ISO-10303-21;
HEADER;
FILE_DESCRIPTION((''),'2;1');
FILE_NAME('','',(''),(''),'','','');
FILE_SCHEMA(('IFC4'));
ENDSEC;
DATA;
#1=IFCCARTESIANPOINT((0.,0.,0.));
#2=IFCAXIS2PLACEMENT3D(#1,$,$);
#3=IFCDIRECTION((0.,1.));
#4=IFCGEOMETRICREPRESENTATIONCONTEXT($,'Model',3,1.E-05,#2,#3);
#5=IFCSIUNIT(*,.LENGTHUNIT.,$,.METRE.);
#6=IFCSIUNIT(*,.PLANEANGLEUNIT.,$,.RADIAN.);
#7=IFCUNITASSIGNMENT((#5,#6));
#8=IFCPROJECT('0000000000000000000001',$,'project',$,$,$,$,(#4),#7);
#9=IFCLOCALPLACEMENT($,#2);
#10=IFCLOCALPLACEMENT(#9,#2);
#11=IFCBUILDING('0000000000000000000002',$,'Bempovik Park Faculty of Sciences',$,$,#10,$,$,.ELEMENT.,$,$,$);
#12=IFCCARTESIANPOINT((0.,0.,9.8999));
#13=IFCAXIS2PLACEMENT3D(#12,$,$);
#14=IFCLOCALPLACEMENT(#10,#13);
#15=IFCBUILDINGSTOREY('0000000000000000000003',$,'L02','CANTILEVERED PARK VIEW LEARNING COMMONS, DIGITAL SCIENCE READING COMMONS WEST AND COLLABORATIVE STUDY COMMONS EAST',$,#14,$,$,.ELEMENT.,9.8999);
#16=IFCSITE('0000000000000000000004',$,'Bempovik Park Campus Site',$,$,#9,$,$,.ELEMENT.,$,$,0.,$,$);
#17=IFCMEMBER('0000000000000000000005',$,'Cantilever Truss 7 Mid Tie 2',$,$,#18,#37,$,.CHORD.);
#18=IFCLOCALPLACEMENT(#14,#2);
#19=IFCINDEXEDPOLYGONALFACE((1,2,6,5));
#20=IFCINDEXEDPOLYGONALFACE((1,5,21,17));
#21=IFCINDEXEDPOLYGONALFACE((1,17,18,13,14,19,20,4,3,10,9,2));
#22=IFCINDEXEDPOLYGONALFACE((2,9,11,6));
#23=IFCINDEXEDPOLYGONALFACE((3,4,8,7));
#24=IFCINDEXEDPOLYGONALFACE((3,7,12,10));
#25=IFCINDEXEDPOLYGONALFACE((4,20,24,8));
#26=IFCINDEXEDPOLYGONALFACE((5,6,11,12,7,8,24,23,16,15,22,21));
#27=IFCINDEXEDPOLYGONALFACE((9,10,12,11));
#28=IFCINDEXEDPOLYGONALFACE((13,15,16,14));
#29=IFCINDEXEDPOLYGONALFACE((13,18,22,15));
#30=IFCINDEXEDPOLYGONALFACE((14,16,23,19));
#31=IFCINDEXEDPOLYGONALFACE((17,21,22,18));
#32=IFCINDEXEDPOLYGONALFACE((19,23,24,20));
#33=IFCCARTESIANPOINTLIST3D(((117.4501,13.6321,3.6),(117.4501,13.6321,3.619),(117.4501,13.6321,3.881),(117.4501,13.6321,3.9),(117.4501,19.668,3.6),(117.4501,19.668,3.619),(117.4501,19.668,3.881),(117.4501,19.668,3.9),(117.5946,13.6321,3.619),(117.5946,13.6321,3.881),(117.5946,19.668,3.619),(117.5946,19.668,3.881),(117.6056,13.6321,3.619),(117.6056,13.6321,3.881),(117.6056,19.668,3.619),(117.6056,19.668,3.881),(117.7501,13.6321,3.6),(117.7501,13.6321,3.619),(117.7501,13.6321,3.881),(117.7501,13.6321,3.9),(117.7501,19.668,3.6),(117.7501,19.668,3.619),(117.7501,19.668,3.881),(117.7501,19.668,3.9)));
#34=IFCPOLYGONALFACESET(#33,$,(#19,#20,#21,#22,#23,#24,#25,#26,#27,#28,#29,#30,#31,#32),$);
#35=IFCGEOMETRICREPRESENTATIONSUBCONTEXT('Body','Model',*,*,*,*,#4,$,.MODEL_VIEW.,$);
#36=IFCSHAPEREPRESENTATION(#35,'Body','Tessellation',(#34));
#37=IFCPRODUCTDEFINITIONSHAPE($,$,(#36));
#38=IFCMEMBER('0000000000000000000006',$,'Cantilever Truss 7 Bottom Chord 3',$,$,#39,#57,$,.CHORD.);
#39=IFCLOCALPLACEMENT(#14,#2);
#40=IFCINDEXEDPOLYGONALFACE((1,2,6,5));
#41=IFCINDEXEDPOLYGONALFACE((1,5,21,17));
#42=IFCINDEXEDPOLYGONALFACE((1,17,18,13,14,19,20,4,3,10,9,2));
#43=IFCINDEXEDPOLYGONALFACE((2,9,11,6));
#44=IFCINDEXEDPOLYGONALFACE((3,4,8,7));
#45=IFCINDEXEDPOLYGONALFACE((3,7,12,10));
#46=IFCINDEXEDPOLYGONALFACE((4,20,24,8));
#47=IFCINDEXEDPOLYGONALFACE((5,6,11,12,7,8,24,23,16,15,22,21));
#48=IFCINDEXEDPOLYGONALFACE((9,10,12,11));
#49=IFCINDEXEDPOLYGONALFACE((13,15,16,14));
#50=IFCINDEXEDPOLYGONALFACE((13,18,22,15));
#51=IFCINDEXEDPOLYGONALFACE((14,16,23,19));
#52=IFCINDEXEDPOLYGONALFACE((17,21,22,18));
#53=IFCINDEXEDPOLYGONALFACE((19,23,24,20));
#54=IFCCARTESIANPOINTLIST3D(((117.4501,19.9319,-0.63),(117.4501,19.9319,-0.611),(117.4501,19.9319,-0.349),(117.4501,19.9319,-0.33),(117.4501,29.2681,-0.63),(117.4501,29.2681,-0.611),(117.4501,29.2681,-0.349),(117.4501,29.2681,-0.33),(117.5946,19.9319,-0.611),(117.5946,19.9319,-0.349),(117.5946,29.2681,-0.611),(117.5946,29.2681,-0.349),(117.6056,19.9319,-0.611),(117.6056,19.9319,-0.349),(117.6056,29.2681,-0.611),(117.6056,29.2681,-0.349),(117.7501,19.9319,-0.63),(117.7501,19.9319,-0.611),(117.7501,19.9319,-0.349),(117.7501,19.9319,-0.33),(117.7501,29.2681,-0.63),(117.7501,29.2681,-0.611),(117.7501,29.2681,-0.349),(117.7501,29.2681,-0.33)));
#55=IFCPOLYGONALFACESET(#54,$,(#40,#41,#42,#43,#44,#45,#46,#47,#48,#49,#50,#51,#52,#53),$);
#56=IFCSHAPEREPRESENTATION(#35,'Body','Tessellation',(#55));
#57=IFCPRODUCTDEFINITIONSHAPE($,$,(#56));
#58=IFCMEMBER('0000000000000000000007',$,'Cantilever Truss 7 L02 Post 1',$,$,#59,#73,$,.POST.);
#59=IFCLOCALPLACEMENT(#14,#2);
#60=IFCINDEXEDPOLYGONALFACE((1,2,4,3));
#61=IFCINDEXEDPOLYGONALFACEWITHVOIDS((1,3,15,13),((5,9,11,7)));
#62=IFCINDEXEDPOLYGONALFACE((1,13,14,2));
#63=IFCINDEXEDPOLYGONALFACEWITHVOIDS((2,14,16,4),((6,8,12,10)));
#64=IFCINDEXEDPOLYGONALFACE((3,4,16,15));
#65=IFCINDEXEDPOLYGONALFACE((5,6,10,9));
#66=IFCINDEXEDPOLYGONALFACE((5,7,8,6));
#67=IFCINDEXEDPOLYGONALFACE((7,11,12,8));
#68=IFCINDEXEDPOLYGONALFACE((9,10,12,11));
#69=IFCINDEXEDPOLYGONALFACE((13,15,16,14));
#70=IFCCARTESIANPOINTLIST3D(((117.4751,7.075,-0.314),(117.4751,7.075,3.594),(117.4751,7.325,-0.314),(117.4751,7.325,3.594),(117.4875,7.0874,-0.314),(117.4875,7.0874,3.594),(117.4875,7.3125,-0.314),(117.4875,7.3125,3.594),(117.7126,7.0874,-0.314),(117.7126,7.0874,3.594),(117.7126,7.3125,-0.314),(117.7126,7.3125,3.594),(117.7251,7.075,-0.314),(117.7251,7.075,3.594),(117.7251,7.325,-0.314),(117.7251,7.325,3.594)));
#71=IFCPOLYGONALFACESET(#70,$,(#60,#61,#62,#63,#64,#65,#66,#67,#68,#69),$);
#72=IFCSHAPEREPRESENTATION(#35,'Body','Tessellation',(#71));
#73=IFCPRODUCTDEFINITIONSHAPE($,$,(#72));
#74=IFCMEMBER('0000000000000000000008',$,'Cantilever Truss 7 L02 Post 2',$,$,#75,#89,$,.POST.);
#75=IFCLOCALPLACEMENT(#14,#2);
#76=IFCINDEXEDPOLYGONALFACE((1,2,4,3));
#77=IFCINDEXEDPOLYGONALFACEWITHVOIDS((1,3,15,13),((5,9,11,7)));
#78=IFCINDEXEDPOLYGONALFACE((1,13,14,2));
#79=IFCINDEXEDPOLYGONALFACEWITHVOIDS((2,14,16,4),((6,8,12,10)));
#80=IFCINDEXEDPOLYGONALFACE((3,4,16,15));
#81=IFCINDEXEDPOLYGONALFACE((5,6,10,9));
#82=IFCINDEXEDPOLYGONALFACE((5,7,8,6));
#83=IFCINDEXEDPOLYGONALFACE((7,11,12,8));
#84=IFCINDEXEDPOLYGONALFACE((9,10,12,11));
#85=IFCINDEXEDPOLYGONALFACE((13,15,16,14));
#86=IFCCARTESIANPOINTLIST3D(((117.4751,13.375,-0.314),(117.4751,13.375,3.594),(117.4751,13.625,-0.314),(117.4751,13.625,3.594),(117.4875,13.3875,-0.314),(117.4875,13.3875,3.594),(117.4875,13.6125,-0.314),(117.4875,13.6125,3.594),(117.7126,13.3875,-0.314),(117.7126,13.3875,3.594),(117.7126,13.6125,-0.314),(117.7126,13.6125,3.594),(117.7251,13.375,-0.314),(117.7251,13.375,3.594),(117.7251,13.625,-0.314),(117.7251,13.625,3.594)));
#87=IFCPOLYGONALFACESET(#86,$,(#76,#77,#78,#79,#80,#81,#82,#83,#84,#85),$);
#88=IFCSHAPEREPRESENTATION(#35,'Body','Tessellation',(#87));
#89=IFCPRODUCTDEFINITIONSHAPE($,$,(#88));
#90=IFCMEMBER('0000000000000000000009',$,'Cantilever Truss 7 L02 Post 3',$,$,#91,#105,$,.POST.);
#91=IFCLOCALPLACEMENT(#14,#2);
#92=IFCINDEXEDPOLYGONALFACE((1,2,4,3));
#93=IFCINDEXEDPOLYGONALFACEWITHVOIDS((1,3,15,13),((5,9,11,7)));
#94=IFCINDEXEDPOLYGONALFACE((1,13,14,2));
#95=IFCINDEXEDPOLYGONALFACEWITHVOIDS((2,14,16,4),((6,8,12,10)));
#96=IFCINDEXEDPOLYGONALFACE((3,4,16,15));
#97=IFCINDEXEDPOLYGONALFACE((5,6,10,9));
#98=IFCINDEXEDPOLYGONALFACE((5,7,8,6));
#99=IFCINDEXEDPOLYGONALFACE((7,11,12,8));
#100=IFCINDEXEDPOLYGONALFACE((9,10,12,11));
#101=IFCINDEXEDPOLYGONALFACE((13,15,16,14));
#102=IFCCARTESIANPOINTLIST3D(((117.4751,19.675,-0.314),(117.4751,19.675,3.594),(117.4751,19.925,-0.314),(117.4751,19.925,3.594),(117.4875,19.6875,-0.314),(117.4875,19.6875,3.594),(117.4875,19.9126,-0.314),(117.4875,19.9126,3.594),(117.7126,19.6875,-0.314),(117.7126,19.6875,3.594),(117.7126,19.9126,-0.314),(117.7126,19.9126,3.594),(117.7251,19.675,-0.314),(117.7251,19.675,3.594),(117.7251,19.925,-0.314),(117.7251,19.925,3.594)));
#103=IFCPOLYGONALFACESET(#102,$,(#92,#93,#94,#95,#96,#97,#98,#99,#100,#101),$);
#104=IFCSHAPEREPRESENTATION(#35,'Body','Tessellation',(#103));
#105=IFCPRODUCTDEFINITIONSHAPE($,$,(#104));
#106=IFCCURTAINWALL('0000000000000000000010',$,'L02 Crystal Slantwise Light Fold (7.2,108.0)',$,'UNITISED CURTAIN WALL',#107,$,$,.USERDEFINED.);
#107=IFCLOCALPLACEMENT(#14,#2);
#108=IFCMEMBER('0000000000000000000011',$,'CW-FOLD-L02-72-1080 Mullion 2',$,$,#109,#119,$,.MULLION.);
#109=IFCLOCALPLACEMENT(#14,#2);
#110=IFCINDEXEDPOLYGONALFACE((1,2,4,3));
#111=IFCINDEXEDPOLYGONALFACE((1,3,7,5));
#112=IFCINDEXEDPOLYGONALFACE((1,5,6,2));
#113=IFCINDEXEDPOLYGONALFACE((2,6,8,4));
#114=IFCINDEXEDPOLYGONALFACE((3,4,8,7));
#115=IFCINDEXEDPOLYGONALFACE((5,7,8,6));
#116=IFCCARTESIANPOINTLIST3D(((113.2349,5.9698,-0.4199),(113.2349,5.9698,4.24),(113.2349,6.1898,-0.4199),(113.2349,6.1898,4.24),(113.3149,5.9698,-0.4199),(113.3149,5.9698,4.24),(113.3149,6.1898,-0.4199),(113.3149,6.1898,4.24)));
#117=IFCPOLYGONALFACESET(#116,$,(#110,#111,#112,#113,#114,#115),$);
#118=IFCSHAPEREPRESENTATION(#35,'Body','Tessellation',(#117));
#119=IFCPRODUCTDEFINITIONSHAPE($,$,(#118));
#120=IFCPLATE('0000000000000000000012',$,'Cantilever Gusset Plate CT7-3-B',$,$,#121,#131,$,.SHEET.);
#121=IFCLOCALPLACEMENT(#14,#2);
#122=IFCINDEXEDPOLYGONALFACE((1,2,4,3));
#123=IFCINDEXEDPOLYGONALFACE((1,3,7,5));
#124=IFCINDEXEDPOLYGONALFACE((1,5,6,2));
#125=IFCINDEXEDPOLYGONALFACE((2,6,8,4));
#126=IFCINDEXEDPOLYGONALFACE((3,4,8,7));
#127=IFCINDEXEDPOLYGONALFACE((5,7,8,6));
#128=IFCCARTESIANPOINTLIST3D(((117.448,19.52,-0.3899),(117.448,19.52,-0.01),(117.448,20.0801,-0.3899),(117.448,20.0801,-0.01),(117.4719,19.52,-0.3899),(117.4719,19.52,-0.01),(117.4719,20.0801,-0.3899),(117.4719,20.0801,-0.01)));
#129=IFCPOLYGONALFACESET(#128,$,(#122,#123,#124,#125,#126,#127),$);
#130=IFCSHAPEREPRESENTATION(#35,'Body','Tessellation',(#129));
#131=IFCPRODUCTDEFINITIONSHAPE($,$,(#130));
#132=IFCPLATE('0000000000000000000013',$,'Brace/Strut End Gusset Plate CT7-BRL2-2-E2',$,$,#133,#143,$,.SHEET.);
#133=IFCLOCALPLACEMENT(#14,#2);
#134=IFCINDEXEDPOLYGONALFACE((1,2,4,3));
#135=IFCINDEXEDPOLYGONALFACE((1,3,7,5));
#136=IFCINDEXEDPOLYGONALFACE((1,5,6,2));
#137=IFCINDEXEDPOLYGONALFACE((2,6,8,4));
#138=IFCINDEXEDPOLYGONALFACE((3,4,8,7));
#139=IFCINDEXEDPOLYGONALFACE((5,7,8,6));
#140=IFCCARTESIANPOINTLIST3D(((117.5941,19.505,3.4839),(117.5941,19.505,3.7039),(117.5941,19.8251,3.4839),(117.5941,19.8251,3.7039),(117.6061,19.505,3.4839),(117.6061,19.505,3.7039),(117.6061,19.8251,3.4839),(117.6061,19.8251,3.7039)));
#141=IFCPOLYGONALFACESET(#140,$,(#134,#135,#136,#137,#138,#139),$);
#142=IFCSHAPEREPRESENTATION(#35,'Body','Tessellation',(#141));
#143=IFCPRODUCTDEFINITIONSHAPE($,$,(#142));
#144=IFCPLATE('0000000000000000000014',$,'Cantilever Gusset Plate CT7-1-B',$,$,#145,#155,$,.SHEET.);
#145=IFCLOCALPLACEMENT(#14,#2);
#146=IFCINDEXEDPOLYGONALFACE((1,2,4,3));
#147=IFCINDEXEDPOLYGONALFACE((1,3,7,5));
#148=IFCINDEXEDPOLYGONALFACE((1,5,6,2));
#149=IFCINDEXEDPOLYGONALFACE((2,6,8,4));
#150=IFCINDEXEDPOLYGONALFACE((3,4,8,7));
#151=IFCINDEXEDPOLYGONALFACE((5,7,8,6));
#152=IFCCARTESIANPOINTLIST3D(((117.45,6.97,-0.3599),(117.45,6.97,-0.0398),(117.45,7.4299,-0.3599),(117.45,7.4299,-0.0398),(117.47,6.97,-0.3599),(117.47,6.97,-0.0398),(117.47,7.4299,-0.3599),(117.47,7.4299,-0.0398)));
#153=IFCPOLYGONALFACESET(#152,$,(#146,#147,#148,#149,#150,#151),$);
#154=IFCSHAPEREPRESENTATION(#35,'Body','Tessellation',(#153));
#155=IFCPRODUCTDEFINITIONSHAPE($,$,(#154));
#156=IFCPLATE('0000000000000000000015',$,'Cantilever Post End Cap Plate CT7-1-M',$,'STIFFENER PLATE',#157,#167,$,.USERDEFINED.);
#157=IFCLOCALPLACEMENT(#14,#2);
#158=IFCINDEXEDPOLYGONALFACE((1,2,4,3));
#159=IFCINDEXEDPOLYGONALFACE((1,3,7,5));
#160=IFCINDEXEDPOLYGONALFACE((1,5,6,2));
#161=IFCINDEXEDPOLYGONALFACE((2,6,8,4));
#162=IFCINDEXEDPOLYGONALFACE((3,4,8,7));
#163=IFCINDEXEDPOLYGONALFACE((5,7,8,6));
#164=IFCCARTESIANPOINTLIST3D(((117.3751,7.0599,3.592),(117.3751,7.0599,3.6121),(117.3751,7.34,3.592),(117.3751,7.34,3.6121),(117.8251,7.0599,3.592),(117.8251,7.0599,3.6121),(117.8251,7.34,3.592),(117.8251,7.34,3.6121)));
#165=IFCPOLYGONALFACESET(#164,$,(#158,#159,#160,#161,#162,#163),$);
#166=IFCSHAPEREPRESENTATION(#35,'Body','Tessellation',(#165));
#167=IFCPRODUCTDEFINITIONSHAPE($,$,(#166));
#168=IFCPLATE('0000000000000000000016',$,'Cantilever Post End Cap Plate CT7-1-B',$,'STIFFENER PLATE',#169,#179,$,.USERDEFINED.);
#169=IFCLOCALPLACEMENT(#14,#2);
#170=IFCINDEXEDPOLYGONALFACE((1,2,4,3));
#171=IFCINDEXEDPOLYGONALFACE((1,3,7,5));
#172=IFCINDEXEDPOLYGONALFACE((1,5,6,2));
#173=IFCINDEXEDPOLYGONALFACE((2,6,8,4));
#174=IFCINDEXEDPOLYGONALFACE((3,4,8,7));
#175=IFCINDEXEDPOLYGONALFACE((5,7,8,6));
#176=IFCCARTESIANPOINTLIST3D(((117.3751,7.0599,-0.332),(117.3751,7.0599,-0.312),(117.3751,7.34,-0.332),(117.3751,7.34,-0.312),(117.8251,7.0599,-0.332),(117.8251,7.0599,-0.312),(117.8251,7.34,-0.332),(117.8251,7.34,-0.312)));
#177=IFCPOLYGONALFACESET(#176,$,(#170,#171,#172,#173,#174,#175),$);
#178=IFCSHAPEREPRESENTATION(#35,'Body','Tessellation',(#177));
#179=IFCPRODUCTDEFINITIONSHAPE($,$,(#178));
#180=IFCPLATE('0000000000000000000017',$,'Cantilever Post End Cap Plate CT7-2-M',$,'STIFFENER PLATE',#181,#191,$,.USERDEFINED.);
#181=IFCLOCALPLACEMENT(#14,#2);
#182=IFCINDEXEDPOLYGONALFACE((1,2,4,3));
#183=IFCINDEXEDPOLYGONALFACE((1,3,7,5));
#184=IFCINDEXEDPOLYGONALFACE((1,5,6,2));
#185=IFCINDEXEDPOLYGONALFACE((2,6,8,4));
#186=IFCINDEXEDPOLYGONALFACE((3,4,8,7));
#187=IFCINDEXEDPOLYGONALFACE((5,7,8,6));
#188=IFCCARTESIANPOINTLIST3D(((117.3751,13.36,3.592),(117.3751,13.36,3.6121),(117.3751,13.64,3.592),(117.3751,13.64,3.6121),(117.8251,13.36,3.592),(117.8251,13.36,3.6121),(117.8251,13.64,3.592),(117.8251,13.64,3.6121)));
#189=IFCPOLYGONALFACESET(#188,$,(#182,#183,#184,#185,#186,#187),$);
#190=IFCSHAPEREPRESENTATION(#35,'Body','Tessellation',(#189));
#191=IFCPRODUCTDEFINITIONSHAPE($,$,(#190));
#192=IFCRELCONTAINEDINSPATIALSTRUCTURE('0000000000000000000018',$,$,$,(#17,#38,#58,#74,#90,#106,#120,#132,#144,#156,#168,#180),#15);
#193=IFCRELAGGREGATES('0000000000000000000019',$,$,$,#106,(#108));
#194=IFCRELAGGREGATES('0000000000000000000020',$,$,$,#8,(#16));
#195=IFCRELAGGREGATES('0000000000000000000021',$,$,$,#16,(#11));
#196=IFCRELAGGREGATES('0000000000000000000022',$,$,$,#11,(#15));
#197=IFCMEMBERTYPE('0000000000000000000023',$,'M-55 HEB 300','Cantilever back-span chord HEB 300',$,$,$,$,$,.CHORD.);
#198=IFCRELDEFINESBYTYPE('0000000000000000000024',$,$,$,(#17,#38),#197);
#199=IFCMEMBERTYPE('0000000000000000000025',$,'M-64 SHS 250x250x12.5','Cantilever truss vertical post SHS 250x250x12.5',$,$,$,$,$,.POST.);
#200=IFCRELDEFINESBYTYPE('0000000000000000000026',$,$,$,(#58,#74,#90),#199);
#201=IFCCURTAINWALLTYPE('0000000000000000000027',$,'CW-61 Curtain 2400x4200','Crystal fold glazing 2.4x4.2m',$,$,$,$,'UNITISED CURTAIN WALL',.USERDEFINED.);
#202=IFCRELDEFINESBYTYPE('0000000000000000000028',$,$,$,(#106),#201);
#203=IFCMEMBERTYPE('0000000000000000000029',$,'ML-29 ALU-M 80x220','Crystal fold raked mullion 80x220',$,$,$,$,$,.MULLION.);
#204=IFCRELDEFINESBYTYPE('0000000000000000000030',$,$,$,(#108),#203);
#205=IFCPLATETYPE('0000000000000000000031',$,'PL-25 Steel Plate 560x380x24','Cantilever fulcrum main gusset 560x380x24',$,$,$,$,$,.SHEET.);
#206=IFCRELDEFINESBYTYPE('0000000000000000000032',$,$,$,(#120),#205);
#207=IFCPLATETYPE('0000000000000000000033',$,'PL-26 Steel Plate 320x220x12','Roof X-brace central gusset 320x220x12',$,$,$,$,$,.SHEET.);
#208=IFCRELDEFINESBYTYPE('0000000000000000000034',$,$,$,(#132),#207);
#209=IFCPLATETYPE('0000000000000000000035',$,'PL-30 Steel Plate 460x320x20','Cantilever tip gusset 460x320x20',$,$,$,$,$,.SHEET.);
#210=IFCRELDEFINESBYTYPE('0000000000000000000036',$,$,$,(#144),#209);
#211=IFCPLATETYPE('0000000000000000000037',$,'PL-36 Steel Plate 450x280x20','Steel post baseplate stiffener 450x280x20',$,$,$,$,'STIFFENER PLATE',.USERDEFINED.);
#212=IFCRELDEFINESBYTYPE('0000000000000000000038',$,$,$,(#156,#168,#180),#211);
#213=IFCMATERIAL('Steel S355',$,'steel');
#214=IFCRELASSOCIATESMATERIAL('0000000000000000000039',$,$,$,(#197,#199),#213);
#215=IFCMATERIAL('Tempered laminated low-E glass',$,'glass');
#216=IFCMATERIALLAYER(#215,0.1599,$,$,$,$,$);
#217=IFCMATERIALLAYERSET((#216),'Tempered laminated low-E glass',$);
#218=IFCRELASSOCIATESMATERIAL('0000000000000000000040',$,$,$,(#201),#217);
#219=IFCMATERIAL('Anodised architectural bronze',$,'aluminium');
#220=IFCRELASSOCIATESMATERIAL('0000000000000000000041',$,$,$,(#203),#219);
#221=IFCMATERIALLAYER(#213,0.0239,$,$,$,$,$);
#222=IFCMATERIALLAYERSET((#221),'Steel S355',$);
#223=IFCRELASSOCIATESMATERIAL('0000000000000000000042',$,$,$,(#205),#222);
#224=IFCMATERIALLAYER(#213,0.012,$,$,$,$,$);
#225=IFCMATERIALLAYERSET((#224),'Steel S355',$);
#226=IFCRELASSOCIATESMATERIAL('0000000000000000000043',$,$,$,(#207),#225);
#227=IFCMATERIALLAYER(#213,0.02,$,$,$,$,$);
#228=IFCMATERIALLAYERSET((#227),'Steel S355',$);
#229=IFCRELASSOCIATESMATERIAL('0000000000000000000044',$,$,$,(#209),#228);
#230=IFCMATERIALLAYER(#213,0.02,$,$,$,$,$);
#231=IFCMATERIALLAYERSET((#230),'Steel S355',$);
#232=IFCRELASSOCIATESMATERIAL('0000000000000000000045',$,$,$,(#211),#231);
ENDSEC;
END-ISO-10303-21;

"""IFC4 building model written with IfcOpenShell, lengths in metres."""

from ifc_helpers import new_model, si_unit, direction, frame, origin, origin_2d, place, context, subcontext, project, spatial, rectangle, hollow_rectangle, i_section, extrude, material, layer, layer_set, material_profile, profile_set, type_object, element, aggregate, save


model = new_model("IFC4")

# Units and contexts
model_context = context("Model", 3, precision=1e-05, world=origin(), true_north=direction((0.0, 1.0)))
body_context = subcontext(model_context, "Body", "Model", "MODEL_VIEW")
ifc_project = project(units=[si_unit("LENGTHUNIT", "METRE"), si_unit("PLANEANGLEUNIT", "RADIAN")], contexts=[model_context])

# Site, building, storey
site_placement = place(None, origin())
site = spatial("IfcSite", under=ifc_project, at=site_placement, Name="Bempovik Park Campus Site", CompositionType="ELEMENT", RefElevation=0.0)
building_placement = place(site_placement, origin())
building = spatial("IfcBuilding", under=site, at=building_placement, Name="Bempovik Park Faculty of Sciences", CompositionType="ELEMENT")
storey_placement = place(building_placement, frame((0.0, 0.0, 9.8999)))
storey = spatial("IfcBuildingStorey", under=building, at=storey_placement, Name="L02", Description="CANTILEVERED PARK VIEW LEARNING COMMONS, DIGITAL SCIENCE READING COMMONS WEST AND COLLABORATIVE STUDY COMMONS EAST", CompositionType="ELEMENT", Elevation=9.8999)

# Members
ifc_material_1 = material(Name="Steel S355", Category="steel")
ifc_material_profile_1 = material_profile(ifc_material_1, i_section(OverallWidth=0.3, OverallDepth=0.3, WebThickness=0.011, FlangeThickness=0.019, at=origin_2d()), Name="HEB 300")
ifc_profile_set_1 = profile_set([ifc_material_profile_1], Name="Steel S355")
member_type_1 = type_object("IfcMemberType", Name="M-55 HEB 300", Description="Cantilever back-span chord HEB 300", PredefinedType="CHORD", material=ifc_profile_set_1)
for number, where, z_axis, x_axis, name in (
    (1, (117.6001, 13.6321, 3.75), (0.0, 1.0, 0.0), (-1.0, 0.0, 0.0), "Cantilever Truss 7 Mid Tie 2"),
):
    element("IfcMember", number, at=place(storey_placement, frame(where, z_axis=z_axis, x_axis=x_axis)), inside=storey, type_object=member_type_1, Name=name, PredefinedType="CHORD", context=body_context, shape_type="SweptSolid", body=[
        extrude(i_section(OverallWidth=0.3, OverallDepth=0.3, WebThickness=0.011, FlangeThickness=0.019, at=origin_2d()), origin(), (0.0, 0.0, 1.0), 6.0359),
    ])
member_1_placement = place(storey_placement, frame((117.6001, 19.9319, -0.48), z_axis=(0.0, 1.0, 0.0), x_axis=(-1.0, 0.0, 0.0)))
element("IfcMember", 2, at=member_1_placement, inside=storey, type_object=member_type_1, Name="Cantilever Truss 7 Bottom Chord 3", PredefinedType="CHORD", context=body_context, shape_type="SweptSolid", body=[
    extrude(i_section(OverallWidth=0.3, OverallDepth=0.3, WebThickness=0.011, FlangeThickness=0.019, at=origin_2d()), origin(), (0.0, 0.0, 1.0), 9.3362),
])
ifc_material_profile_2 = material_profile(ifc_material_1, hollow_rectangle(XDim=0.25, YDim=0.25, WallThickness=0.0125, at=origin_2d()), Name="SHS 250x250x12.5")
ifc_profile_set_2 = profile_set([ifc_material_profile_2], Name="Steel S355")
member_type_2 = type_object("IfcMemberType", Name="M-64 SHS 250x250x12.5", Description="Cantilever truss vertical post SHS 250x250x12.5", PredefinedType="POST", material=ifc_profile_set_2)
for number, where, z_axis, x_axis, name in (
    (3, (117.6001, 7.2, -0.314), (0.0, 0.0, 1.0), (1.0, 0.0, 0.0), "Cantilever Truss 7 L02 Post 1"),
    (4, (117.6001, 13.5, -0.314), (0.0, 0.0, 1.0), (1.0, 0.0, 0.0), "Cantilever Truss 7 L02 Post 2"),
    (5, (117.6001, 19.8, -0.314), (0.0, 0.0, 1.0), (1.0, 0.0, 0.0), "Cantilever Truss 7 L02 Post 3"),
):
    element("IfcMember", number, at=place(storey_placement, frame(where, z_axis=z_axis, x_axis=x_axis)), inside=storey, type_object=member_type_2, Name=name, PredefinedType="POST", context=body_context, shape_type="SweptSolid", body=[
        extrude(hollow_rectangle(XDim=0.25, YDim=0.25, WallThickness=0.0125, at=origin_2d()), origin(), (0.0, 0.0, 1.0), 3.908),
    ])

# Curtain wall, member
ifc_material_2 = material(Name="Tempered laminated low-E glass", Category="glass")
ifc_layer_1 = layer(ifc_material_2, 0.1599)
ifc_layer_set_1 = layer_set([ifc_layer_1], Name="Tempered laminated low-E glass")
curtain_wall_type = type_object("IfcCurtainWallType", Name="CW-61 Curtain 2400x4200", Description="Crystal fold glazing 2.4x4.2m", ElementType="UNITISED CURTAIN WALL", PredefinedType="USERDEFINED", material=ifc_layer_set_1)
curtain_wall_placement = place(storey_placement, origin())
curtain_wall = element("IfcCurtainWall", 6, at=curtain_wall_placement, inside=storey, type_object=curtain_wall_type, Name="L02 Crystal Slantwise Light Fold (7.2,108.0)", ObjectType="UNITISED CURTAIN WALL", PredefinedType="USERDEFINED")
ifc_material_3 = material(Name="Anodised architectural bronze", Category="aluminium")
ifc_material_profile_3 = material_profile(ifc_material_3, rectangle(XDim=0.0801, YDim=0.22, at=origin_2d()), Name="ALU-M 80x220")
ifc_profile_set_3 = profile_set([ifc_material_profile_3], Name="Anodised architectural bronze")
member_type_3 = type_object("IfcMemberType", Name="ML-29 ALU-M 80x220", Description="Crystal fold raked mullion 80x220", PredefinedType="MULLION", material=ifc_profile_set_3)
member_2_placement = place(storey_placement, frame((113.2749, 6.0798, -0.4199), z_axis=(0.0, 0.0, 1.0), x_axis=(1.0, 0.0, 0.0)))
member_2 = element("IfcMember", 7, at=member_2_placement, type_object=member_type_3, Name="CW-FOLD-L02-72-1080 Mullion 2", PredefinedType="MULLION", context=body_context, shape_type="SweptSolid", body=[
    extrude(rectangle(XDim=0.0801, YDim=0.22, at=origin_2d()), origin(), (0.0, 0.0, 1.0), 4.6599),
])
aggregate(curtain_wall, [member_2])

# Plates
ifc_layer_2 = layer(ifc_material_1, 0.0239)
ifc_layer_set_2 = layer_set([ifc_layer_2], Name="Steel S355")
plate_type_1 = type_object("IfcPlateType", Name="PL-25 Steel Plate 560x380x24", Description="Cantilever fulcrum main gusset 560x380x24", PredefinedType="SHEET", material=ifc_layer_set_2)
plate_1_placement = place(storey_placement, frame((117.46, 19.8, -0.3899), z_axis=(0.0, 0.0, 1.0), x_axis=(1.0, 0.0, 0.0)))
element("IfcPlate", 8, at=plate_1_placement, inside=storey, type_object=plate_type_1, Name="Cantilever Gusset Plate CT7-3-B", PredefinedType="SHEET", context=body_context, shape_type="SweptSolid", body=[
    extrude(rectangle(XDim=0.0239, YDim=0.5601, at=origin_2d()), origin(), (0.0, 0.0, 1.0), 0.3799),
])
ifc_layer_3 = layer(ifc_material_1, 0.012)
ifc_layer_set_3 = layer_set([ifc_layer_3], Name="Steel S355")
plate_type_2 = type_object("IfcPlateType", Name="PL-26 Steel Plate 320x220x12", Description="Roof X-brace central gusset 320x220x12", PredefinedType="SHEET", material=ifc_layer_set_3)
plate_2_placement = place(storey_placement, frame((117.6001, 19.665, 3.4839), z_axis=(0.0, 0.0, 1.0), x_axis=(1.0, 0.0, 0.0)))
element("IfcPlate", 9, at=plate_2_placement, inside=storey, type_object=plate_type_2, Name="Brace/Strut End Gusset Plate CT7-BRL2-2-E2", PredefinedType="SHEET", context=body_context, shape_type="SweptSolid", body=[
    extrude(rectangle(XDim=0.012, YDim=0.3201, at=origin_2d()), origin(), (0.0, 0.0, 1.0), 0.22),
])
ifc_layer_4 = layer(ifc_material_1, 0.02)
ifc_layer_set_4 = layer_set([ifc_layer_4], Name="Steel S355")
plate_type_3 = type_object("IfcPlateType", Name="PL-30 Steel Plate 460x320x20", Description="Cantilever tip gusset 460x320x20", PredefinedType="SHEET", material=ifc_layer_set_4)
plate_3_placement = place(storey_placement, frame((117.46, 7.2, -0.3599), z_axis=(0.0, 0.0, 1.0), x_axis=(1.0, 0.0, 0.0)))
element("IfcPlate", 10, at=plate_3_placement, inside=storey, type_object=plate_type_3, Name="Cantilever Gusset Plate CT7-1-B", PredefinedType="SHEET", context=body_context, shape_type="SweptSolid", body=[
    extrude(rectangle(XDim=0.02, YDim=0.46, at=origin_2d()), origin(), (0.0, 0.0, 1.0), 0.3201),
])
ifc_layer_5 = layer(ifc_material_1, 0.02)
ifc_layer_set_5 = layer_set([ifc_layer_5], Name="Steel S355")
plate_type_4 = type_object("IfcPlateType", Name="PL-36 Steel Plate 450x280x20", Description="Steel post baseplate stiffener 450x280x20", ElementType="STIFFENER PLATE", PredefinedType="USERDEFINED", material=ifc_layer_set_5)
for number, where, z_axis, x_axis, name in (
    (11, (117.6001, 7.2, 3.592), (0.0, 0.0, 1.0), (1.0, 0.0, 0.0), "Cantilever Post End Cap Plate CT7-1-M"),
    (12, (117.6001, 7.2, -0.332), (0.0, 0.0, 1.0), (1.0, 0.0, 0.0), "Cantilever Post End Cap Plate CT7-1-B"),
    (13, (117.6001, 13.5, 3.592), (0.0, 0.0, 1.0), (1.0, 0.0, 0.0), "Cantilever Post End Cap Plate CT7-2-M"),
):
    element("IfcPlate", number, at=place(storey_placement, frame(where, z_axis=z_axis, x_axis=x_axis)), inside=storey, type_object=plate_type_4, Name=name, ObjectType="STIFFENER PLATE", PredefinedType="USERDEFINED", context=body_context, shape_type="SweptSolid", body=[
        extrude(rectangle(XDim=0.45, YDim=0.28, at=origin_2d()), origin(), (0.0, 0.0, 1.0), 0.02),
    ])

save(model, "model.ifc")
